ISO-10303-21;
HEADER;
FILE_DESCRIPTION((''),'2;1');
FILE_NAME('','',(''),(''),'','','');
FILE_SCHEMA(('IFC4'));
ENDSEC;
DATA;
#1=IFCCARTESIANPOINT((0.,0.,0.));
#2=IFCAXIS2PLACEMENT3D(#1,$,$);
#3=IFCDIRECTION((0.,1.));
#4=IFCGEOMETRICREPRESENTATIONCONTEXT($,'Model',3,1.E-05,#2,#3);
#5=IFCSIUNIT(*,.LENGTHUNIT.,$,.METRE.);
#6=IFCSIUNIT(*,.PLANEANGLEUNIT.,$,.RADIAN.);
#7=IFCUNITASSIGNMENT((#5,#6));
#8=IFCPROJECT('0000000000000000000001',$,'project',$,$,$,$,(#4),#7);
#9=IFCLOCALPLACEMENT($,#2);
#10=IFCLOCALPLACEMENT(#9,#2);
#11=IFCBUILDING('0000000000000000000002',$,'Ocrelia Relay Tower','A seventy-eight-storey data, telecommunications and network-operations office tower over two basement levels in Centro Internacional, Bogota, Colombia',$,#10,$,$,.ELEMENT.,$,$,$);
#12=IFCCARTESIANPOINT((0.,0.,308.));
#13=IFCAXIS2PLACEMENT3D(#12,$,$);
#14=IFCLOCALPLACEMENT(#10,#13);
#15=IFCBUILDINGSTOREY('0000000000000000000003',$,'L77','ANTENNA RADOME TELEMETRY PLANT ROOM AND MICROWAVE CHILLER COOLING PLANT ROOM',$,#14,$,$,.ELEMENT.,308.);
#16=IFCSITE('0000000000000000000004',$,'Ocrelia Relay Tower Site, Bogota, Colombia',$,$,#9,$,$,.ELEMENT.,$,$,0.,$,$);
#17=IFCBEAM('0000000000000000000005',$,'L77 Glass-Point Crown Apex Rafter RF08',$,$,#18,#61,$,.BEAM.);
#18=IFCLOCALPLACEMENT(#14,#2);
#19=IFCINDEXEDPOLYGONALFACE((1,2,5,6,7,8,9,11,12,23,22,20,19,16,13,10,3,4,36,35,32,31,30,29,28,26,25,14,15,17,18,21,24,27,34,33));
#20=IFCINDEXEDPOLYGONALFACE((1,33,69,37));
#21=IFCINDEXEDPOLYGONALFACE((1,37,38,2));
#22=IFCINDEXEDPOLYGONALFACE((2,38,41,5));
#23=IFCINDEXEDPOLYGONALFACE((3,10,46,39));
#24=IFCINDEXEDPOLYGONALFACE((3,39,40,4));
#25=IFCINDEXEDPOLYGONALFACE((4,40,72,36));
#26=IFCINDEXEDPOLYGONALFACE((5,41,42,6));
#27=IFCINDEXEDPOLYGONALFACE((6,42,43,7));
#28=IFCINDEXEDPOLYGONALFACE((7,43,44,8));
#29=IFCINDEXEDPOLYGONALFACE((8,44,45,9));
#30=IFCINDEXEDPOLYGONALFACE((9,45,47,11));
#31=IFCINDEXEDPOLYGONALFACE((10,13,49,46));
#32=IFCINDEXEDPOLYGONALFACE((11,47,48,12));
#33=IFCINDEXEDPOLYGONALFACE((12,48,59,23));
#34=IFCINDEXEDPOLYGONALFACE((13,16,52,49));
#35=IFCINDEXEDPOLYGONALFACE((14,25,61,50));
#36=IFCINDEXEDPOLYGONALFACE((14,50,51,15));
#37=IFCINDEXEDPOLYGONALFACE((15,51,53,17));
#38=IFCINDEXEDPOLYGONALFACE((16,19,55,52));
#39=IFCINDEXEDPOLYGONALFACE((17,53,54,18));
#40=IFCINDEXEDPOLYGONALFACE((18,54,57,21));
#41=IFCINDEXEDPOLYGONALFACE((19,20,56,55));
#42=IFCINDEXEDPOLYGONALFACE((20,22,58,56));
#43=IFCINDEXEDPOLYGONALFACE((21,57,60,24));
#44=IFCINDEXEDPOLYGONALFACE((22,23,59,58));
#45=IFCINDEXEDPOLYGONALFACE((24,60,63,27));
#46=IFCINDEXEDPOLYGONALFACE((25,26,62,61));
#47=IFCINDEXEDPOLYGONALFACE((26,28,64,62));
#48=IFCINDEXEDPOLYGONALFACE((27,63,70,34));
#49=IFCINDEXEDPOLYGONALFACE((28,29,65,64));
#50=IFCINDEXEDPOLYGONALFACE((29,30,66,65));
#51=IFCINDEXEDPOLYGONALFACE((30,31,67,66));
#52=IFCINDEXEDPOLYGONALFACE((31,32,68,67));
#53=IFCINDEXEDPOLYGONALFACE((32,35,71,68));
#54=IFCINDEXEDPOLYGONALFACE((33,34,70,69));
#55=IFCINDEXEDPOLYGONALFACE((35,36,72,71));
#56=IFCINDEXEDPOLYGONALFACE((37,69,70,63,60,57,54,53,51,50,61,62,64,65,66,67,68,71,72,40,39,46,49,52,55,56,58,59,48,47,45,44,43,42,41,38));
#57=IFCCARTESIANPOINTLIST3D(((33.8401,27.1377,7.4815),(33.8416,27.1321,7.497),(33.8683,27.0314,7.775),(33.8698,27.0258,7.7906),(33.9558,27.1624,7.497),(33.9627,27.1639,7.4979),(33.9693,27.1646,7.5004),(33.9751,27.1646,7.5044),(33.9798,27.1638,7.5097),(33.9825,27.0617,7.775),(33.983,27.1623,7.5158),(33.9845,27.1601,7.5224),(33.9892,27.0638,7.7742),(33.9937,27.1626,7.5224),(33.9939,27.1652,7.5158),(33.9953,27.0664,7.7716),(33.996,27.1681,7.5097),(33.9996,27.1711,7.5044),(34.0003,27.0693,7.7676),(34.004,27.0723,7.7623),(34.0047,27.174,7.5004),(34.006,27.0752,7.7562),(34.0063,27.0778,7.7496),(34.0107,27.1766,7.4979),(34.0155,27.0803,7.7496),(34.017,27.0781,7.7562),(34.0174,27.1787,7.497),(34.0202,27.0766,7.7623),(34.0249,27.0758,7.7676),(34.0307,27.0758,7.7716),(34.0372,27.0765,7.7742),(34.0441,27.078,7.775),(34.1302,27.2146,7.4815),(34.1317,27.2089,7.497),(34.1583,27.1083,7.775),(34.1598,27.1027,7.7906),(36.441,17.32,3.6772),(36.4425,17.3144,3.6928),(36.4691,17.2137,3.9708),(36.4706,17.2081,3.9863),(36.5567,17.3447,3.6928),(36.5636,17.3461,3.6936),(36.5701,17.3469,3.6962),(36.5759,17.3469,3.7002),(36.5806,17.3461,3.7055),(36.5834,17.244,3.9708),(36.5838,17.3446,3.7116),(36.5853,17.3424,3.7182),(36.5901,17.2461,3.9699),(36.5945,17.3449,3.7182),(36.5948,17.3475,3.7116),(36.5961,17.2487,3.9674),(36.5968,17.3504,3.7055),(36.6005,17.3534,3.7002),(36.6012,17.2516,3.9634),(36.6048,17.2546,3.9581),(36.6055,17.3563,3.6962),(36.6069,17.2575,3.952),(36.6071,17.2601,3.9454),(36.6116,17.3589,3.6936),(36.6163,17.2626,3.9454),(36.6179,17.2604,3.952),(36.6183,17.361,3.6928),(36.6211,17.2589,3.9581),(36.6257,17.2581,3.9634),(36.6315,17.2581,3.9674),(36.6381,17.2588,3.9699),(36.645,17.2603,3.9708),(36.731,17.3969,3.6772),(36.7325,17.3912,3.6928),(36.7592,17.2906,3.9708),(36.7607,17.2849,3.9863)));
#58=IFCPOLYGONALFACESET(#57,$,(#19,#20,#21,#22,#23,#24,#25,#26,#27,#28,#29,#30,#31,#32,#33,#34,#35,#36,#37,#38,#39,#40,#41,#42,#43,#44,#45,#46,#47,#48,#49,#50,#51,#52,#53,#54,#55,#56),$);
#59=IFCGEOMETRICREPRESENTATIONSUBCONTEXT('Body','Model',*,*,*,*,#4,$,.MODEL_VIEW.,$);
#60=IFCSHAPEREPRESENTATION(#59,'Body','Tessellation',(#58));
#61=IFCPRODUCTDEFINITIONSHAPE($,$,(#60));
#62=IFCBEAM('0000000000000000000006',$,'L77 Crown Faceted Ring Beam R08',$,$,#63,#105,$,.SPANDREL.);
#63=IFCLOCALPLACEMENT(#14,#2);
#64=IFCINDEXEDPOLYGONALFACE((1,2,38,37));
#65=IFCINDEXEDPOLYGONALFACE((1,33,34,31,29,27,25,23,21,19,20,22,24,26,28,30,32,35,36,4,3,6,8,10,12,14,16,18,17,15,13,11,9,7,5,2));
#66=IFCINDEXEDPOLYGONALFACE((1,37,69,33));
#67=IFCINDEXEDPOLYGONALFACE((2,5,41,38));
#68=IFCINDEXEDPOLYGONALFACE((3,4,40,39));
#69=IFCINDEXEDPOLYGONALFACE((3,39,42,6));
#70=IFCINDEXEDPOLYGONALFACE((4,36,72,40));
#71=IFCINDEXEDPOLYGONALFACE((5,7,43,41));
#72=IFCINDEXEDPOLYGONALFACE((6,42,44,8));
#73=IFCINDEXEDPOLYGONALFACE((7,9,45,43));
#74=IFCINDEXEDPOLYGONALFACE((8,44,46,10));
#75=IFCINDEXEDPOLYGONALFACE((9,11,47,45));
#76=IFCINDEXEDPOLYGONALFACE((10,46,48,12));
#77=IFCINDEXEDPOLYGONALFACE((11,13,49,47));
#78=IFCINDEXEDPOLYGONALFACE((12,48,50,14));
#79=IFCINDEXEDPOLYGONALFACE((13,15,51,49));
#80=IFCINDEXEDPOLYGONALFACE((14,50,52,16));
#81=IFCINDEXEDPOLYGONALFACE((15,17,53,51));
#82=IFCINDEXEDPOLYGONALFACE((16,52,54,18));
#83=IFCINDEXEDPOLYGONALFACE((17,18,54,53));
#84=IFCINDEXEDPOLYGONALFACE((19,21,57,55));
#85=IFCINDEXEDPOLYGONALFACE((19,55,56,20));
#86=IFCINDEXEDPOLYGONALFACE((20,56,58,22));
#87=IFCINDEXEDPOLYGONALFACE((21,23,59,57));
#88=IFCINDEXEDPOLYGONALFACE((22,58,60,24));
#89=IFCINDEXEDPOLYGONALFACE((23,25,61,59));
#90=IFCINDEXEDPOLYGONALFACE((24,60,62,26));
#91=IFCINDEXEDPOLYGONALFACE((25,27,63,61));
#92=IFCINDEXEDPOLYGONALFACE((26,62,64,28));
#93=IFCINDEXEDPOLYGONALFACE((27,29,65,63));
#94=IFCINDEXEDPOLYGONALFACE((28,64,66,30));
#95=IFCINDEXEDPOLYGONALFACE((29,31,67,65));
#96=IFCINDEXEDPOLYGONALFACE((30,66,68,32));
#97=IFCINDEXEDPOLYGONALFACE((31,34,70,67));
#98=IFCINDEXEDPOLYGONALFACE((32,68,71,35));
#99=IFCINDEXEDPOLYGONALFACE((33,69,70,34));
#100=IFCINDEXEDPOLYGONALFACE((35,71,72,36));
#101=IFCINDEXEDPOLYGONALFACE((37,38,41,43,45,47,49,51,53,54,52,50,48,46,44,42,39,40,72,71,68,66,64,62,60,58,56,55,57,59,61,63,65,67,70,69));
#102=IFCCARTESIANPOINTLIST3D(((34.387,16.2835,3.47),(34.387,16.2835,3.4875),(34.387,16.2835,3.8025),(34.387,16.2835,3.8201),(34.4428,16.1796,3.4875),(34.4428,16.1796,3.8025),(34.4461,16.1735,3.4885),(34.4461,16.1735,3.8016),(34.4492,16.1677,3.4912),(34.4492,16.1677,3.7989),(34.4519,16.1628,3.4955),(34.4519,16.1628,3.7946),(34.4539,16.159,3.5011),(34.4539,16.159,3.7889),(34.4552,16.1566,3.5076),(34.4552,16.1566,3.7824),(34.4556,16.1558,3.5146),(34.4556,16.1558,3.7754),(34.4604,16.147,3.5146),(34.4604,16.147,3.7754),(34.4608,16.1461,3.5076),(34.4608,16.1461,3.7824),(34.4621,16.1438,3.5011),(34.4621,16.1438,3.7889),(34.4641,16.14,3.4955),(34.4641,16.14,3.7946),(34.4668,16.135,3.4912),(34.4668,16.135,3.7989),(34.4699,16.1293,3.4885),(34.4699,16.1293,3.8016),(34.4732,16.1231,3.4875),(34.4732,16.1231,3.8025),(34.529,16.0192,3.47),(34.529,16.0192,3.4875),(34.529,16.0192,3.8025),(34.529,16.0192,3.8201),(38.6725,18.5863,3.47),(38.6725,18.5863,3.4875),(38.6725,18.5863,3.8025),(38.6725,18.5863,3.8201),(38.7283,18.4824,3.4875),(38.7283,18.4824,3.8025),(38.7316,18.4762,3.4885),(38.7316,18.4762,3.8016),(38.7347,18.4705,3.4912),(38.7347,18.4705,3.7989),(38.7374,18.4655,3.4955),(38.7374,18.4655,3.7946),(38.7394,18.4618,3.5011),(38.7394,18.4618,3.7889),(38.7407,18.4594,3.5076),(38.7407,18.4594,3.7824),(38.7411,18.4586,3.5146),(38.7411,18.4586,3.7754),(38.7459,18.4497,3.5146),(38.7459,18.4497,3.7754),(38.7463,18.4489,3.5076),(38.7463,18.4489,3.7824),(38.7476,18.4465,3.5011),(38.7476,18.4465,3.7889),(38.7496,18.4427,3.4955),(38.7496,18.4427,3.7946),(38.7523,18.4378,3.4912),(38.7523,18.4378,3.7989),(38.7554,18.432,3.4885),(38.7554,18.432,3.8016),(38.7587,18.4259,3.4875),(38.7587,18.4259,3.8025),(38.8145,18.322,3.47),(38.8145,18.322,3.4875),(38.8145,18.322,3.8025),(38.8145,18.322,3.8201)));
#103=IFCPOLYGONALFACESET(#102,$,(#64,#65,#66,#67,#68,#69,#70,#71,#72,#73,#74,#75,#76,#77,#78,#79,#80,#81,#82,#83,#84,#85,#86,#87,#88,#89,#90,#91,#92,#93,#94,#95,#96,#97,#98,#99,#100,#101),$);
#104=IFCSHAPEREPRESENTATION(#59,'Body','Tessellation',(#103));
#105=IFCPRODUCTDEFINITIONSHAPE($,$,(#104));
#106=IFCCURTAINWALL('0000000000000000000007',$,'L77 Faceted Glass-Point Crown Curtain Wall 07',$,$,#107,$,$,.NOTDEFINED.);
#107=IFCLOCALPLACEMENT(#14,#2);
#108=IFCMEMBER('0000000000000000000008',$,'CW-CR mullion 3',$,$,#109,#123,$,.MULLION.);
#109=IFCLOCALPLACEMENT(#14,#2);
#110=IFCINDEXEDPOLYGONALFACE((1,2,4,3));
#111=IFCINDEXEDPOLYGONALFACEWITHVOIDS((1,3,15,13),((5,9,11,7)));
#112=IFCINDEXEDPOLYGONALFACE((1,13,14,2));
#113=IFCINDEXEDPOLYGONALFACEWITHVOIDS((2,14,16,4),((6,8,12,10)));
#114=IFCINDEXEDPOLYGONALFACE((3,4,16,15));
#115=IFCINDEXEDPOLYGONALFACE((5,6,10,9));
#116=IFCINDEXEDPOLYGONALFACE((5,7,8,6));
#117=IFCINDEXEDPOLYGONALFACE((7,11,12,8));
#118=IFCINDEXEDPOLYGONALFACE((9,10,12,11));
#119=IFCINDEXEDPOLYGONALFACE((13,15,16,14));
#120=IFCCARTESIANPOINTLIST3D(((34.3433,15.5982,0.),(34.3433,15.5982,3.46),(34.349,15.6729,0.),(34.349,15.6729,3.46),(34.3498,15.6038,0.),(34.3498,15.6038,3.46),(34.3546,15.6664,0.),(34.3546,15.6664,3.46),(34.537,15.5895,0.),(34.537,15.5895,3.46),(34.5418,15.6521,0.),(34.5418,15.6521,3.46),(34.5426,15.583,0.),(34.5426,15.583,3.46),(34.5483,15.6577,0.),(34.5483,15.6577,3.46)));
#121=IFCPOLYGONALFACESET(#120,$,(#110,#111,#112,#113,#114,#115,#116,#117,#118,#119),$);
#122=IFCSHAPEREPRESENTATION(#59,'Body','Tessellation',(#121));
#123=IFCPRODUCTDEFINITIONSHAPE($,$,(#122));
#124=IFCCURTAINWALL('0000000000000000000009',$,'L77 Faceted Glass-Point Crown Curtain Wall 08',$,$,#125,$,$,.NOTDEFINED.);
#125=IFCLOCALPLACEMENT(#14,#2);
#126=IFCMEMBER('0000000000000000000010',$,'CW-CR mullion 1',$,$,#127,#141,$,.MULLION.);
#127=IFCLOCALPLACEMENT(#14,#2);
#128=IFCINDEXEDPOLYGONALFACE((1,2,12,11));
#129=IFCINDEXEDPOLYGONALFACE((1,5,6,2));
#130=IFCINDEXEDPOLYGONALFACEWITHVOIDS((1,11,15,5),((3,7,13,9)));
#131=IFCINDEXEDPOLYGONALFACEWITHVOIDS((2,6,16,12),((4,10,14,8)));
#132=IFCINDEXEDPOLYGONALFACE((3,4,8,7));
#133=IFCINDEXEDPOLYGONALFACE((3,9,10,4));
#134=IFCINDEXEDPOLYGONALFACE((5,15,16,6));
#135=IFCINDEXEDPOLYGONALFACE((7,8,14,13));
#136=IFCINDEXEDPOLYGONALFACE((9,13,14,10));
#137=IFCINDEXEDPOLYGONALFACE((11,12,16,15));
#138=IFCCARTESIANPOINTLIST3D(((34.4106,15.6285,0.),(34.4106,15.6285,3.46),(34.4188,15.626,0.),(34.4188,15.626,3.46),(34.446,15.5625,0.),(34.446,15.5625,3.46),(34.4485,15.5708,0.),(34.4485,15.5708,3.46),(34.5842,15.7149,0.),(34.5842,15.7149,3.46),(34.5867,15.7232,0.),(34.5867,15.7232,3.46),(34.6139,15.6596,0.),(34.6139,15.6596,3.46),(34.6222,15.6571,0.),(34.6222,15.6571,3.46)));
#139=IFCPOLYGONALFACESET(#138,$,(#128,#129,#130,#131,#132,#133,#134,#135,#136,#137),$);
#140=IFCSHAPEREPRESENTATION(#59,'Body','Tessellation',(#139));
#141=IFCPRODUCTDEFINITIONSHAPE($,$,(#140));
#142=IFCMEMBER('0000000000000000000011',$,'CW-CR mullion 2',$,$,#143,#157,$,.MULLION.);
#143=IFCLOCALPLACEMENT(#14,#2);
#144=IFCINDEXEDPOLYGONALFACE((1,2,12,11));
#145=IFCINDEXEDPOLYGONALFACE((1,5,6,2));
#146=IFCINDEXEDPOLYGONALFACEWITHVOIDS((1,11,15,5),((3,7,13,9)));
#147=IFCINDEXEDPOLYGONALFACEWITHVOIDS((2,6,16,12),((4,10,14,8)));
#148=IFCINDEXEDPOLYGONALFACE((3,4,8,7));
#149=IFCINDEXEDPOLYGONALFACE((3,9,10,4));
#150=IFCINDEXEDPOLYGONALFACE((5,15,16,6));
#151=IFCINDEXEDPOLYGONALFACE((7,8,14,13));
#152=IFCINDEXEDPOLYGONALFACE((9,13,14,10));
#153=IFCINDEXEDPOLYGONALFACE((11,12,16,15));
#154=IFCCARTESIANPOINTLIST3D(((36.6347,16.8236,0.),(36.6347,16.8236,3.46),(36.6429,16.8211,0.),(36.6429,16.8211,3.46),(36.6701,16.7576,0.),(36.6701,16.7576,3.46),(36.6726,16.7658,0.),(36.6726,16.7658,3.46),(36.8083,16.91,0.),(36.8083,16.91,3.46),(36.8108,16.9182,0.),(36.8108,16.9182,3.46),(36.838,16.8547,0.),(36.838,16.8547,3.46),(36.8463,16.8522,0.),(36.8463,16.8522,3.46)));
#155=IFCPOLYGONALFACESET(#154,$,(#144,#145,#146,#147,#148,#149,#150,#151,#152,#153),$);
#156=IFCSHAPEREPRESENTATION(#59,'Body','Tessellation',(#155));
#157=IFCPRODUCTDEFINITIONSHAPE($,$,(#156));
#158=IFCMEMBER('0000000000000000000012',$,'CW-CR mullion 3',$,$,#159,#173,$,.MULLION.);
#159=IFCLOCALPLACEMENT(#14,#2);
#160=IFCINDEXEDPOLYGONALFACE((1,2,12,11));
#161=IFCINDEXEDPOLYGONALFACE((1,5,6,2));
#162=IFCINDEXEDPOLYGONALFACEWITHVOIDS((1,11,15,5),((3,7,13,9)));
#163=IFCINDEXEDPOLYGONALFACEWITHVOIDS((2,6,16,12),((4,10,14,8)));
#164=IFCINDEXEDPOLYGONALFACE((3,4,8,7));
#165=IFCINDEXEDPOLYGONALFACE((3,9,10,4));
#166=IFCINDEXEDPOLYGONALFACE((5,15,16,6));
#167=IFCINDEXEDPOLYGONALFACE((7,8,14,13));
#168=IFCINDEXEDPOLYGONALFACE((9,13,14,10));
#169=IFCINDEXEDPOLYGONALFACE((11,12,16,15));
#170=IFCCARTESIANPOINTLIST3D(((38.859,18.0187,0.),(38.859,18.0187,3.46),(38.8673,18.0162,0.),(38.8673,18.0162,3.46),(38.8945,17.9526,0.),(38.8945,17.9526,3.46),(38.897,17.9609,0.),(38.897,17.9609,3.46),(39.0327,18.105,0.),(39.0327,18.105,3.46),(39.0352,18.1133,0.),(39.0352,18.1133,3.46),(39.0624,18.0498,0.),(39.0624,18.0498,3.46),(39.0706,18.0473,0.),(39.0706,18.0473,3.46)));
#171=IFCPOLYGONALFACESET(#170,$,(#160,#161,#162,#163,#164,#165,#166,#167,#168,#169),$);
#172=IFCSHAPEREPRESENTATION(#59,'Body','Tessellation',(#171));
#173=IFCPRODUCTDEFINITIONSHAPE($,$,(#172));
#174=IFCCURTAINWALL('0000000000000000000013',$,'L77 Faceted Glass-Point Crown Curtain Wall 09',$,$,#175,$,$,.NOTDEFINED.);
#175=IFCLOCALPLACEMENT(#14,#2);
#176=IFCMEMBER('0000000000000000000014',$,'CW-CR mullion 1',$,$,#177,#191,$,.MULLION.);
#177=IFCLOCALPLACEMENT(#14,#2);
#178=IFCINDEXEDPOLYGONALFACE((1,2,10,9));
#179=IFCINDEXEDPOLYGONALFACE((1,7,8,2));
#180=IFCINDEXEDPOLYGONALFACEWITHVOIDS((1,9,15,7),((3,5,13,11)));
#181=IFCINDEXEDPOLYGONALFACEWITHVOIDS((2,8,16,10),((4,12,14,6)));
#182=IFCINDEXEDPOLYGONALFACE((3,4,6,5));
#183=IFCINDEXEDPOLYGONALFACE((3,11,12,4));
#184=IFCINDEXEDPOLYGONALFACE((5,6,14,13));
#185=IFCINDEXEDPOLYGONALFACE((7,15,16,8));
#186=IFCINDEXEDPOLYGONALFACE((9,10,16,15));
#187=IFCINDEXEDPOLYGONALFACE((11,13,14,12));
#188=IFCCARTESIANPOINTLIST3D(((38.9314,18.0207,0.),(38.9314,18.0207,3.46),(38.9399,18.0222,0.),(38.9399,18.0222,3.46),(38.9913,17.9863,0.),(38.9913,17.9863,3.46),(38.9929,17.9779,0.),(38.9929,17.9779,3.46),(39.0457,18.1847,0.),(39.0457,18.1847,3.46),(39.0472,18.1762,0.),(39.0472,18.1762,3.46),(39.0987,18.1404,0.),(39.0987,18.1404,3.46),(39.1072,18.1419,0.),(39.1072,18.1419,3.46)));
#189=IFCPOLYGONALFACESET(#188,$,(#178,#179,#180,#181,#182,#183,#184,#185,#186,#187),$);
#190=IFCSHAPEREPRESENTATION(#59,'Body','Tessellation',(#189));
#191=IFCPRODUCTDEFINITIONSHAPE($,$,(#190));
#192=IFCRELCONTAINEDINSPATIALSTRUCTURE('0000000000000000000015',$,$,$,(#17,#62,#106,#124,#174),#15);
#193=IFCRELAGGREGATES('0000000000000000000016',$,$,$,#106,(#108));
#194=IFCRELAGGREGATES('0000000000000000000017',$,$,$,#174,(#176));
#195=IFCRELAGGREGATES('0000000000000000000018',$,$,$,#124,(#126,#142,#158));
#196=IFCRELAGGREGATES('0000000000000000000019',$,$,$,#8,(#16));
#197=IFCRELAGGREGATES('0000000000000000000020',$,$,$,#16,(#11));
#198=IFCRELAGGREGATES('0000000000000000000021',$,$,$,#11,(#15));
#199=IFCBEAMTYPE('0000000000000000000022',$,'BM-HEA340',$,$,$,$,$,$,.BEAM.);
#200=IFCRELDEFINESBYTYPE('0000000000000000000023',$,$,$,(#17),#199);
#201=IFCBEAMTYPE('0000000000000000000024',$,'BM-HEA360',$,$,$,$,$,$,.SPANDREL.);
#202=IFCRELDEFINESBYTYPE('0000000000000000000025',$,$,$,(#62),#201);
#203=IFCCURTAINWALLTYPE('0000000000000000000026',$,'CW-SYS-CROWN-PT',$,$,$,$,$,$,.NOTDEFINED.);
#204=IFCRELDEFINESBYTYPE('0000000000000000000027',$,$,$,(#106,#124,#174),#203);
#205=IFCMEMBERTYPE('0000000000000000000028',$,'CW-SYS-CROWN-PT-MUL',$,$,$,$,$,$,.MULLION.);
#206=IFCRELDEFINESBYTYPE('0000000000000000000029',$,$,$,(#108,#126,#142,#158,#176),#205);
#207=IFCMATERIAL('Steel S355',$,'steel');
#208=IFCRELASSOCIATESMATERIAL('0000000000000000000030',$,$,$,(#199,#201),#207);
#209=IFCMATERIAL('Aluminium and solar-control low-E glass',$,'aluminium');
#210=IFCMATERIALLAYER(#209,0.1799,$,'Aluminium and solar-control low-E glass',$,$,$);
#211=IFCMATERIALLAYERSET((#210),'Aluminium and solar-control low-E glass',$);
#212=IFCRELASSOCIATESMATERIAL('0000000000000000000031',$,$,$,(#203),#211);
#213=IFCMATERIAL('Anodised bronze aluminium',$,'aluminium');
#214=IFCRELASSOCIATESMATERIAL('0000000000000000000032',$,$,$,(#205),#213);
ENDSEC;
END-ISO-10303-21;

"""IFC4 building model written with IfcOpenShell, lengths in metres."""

from ifc_helpers import new_model, si_unit, direction, frame, origin, origin_2d, place, context, subcontext, project, spatial, hollow_rectangle, i_section, extrude, material, layer, layer_set, material_profile, profile_set, type_object, element, aggregate, save


model = new_model("IFC4")

# Units and contexts
model_context = context("Model", 3, precision=1e-05, world=origin(), true_north=direction((0.0, 1.0)))
body_context = subcontext(model_context, "Body", "Model", "MODEL_VIEW")
ifc_project = project(units=[si_unit("LENGTHUNIT", "METRE"), si_unit("PLANEANGLEUNIT", "RADIAN")], contexts=[model_context])

# Site, building, storey
site_placement = place(None, origin())
site = spatial("IfcSite", under=ifc_project, at=site_placement, Name="Ocrelia Relay Tower Site, Bogota, Colombia", CompositionType="ELEMENT", RefElevation=0.0)
building_placement = place(site_placement, origin())
building = spatial("IfcBuilding", under=site, at=building_placement, Name="Ocrelia Relay Tower", Description="A seventy-eight-storey data, telecommunications and network-operations office tower over two basement levels in Centro Internacional, Bogota, Colombia", CompositionType="ELEMENT")
storey_placement = place(building_placement, frame((0.0, 0.0, 308.0)))
storey = spatial("IfcBuildingStorey", under=building, at=storey_placement, Name="L77", Description="ANTENNA RADOME TELEMETRY PLANT ROOM AND MICROWAVE CHILLER COOLING PLANT ROOM", CompositionType="ELEMENT", Elevation=308.0)

# Beams
ifc_material_1 = material(Name="Steel S355", Category="steel")
ifc_material_profile_1 = material_profile(ifc_material_1, i_section(OverallWidth=0.3, OverallDepth=0.3301, WebThickness=0.0095, FlangeThickness=0.0166, FilletRadius=0.0271, at=origin_2d()), Name="HEA 340")
ifc_profile_set_1 = profile_set([ifc_material_profile_1], Name="Steel S355")
beam_type_1 = type_object("IfcBeamType", Name="BM-HEA340", PredefinedType="BEAM", material=ifc_profile_set_1)
beam_1_placement = place(storey_placement, frame((36.6008, 17.3025, 3.8318), z_axis=(-0.23981, 0.905237, 0.350767), x_axis=(-0.966655, -0.256081, 0.0)))
element("IfcBeam", 1, at=beam_1_placement, inside=storey, type_object=beam_type_1, Name="L77 Glass-Point Crown Apex Rafter RF08", PredefinedType="BEAM", context=body_context, shape_type="SweptSolid", body=[
    extrude(i_section(OverallWidth=0.3, OverallDepth=0.3301, WebThickness=0.0095, FlangeThickness=0.0166, FilletRadius=0.0271, at=origin_2d()), origin(), (0.0, 0.0, 1.0), 10.8455),
])
ifc_material_profile_2 = material_profile(ifc_material_1, i_section(OverallWidth=0.3, OverallDepth=0.3501, WebThickness=0.01, FlangeThickness=0.0176, FilletRadius=0.0271, at=origin_2d()), Name="HEA 360")
ifc_profile_set_2 = profile_set([ifc_material_profile_2], Name="Steel S355")
beam_type_2 = type_object("IfcBeamType", Name="BM-HEA360", PredefinedType="SPANDREL", material=ifc_profile_set_2)
beam_2_placement = place(storey_placement, frame((34.458, 16.1514, 3.645), z_axis=(0.880882, 0.473337, 0.0), x_axis=(-0.473337, 0.880882, 0.0)))
element("IfcBeam", 2, at=beam_2_placement, inside=storey, type_object=beam_type_2, Name="L77 Crown Faceted Ring Beam R08", PredefinedType="SPANDREL", context=body_context, shape_type="SweptSolid", body=[
    extrude(i_section(OverallWidth=0.3, OverallDepth=0.3501, WebThickness=0.01, FlangeThickness=0.0176, FilletRadius=0.0271, at=origin_2d()), origin(), (0.0, 0.0, 1.0), 4.865),
])

# Curtain wall, member
ifc_material_2 = material(Name="Aluminium and solar-control low-E glass", Category="aluminium")
ifc_layer_1 = layer(ifc_material_2, 0.1799, Name="Aluminium and solar-control low-E glass")
ifc_layer_set_1 = layer_set([ifc_layer_1], Name="Aluminium and solar-control low-E glass")
curtain_wall_type = type_object("IfcCurtainWallType", Name="CW-SYS-CROWN-PT", PredefinedType="NOTDEFINED", material=ifc_layer_set_1)
curtain_wall_1_placement = place(storey_placement, origin())
curtain_wall_1 = element("IfcCurtainWall", 3, at=curtain_wall_1_placement, inside=storey, type_object=curtain_wall_type, Name="L77 Faceted Glass-Point Crown Curtain Wall 07", PredefinedType="NOTDEFINED")
ifc_material_3 = material(Name="Anodised bronze aluminium", Category="aluminium")
ifc_material_profile_3 = material_profile(ifc_material_3, hollow_rectangle(XDim=0.075, YDim=0.2, WallThickness=0.0061, at=origin_2d()), Name="CW-MUL-200x75")
ifc_profile_set_3 = profile_set([ifc_material_profile_3], Name="Anodised bronze aluminium")
member_type_1 = type_object("IfcMemberType", Name="CW-SYS-CROWN-PT-MUL", PredefinedType="MULLION", material=ifc_profile_set_3)
member_1_placement = place(storey_placement, frame((34.4458, 15.6279, 0.0), z_axis=(0.0, 0.0, 1.0), x_axis=(0.076089, 0.997101, 0.0)))
member_1 = element("IfcMember", 4, at=member_1_placement, type_object=member_type_1, Name="CW-CR mullion 3", PredefinedType="MULLION", context=body_context, shape_type="SweptSolid", body=[
    extrude(hollow_rectangle(XDim=0.075, YDim=0.2, WallThickness=0.0061, at=origin_2d()), origin(), (0.0, 0.0, 1.0), 3.46),
])
aggregate(curtain_wall_1, [member_1])

# Curtain wall, members
curtain_wall_2_placement = place(storey_placement, origin())
curtain_wall_2 = element("IfcCurtainWall", 5, at=curtain_wall_2_placement, inside=storey, type_object=curtain_wall_type, Name="L77 Faceted Glass-Point Crown Curtain Wall 08", PredefinedType="NOTDEFINED")
member_2_placement = place(storey_placement, frame((34.5164, 15.6428, 0.0), z_axis=(0.0, 0.0, 1.0), x_axis=(-0.473277, 0.880914, 0.0)))
member_2 = element("IfcMember", 6, at=member_2_placement, type_object=member_type_1, Name="CW-CR mullion 1", PredefinedType="MULLION", context=body_context, shape_type="SweptSolid", body=[
    extrude(hollow_rectangle(XDim=0.075, YDim=0.2, WallThickness=0.0061, at=origin_2d()), origin(), (0.0, 0.0, 1.0), 3.46),
])
member_3_placement = place(storey_placement, frame((36.7405, 16.8379, 0.0), z_axis=(0.0, 0.0, 1.0), x_axis=(-0.473277, 0.880914, 0.0)))
member_3 = element("IfcMember", 7, at=member_3_placement, type_object=member_type_1, Name="CW-CR mullion 2", PredefinedType="MULLION", context=body_context, shape_type="SweptSolid", body=[
    extrude(hollow_rectangle(XDim=0.075, YDim=0.2, WallThickness=0.0061, at=origin_2d()), origin(), (0.0, 0.0, 1.0), 3.46),
])
member_4_placement = place(storey_placement, frame((38.9648, 18.033, 0.0), z_axis=(0.0, 0.0, 1.0), x_axis=(-0.473277, 0.880914, 0.0)))
member_4 = element("IfcMember", 8, at=member_4_placement, type_object=member_type_1, Name="CW-CR mullion 3", PredefinedType="MULLION", context=body_context, shape_type="SweptSolid", body=[
    extrude(hollow_rectangle(XDim=0.075, YDim=0.2, WallThickness=0.0061, at=origin_2d()), origin(), (0.0, 0.0, 1.0), 3.46),
])

# Curtain wall, member
curtain_wall_3_placement = place(storey_placement, origin())
curtain_wall_3 = element("IfcCurtainWall", 9, at=curtain_wall_3_placement, inside=storey, type_object=curtain_wall_type, Name="L77 Faceted Glass-Point Crown Curtain Wall 09", PredefinedType="NOTDEFINED")
member_5_placement = place(storey_placement, frame((39.0193, 18.0813, 0.0), z_axis=(0.0, 0.0, 1.0), x_axis=(-0.82036, 0.571848, 0.0)))
member_5 = element("IfcMember", 10, at=member_5_placement, type_object=member_type_1, Name="CW-CR mullion 1", PredefinedType="MULLION", context=body_context, shape_type="SweptSolid", body=[
    extrude(hollow_rectangle(XDim=0.075, YDim=0.2, WallThickness=0.0061, at=origin_2d()), origin(), (0.0, 0.0, 1.0), 3.46),
])

aggregate(curtain_wall_3, [member_5])

aggregate(curtain_wall_2, [member_2, member_3, member_4])

save(model, "model.ifc")
